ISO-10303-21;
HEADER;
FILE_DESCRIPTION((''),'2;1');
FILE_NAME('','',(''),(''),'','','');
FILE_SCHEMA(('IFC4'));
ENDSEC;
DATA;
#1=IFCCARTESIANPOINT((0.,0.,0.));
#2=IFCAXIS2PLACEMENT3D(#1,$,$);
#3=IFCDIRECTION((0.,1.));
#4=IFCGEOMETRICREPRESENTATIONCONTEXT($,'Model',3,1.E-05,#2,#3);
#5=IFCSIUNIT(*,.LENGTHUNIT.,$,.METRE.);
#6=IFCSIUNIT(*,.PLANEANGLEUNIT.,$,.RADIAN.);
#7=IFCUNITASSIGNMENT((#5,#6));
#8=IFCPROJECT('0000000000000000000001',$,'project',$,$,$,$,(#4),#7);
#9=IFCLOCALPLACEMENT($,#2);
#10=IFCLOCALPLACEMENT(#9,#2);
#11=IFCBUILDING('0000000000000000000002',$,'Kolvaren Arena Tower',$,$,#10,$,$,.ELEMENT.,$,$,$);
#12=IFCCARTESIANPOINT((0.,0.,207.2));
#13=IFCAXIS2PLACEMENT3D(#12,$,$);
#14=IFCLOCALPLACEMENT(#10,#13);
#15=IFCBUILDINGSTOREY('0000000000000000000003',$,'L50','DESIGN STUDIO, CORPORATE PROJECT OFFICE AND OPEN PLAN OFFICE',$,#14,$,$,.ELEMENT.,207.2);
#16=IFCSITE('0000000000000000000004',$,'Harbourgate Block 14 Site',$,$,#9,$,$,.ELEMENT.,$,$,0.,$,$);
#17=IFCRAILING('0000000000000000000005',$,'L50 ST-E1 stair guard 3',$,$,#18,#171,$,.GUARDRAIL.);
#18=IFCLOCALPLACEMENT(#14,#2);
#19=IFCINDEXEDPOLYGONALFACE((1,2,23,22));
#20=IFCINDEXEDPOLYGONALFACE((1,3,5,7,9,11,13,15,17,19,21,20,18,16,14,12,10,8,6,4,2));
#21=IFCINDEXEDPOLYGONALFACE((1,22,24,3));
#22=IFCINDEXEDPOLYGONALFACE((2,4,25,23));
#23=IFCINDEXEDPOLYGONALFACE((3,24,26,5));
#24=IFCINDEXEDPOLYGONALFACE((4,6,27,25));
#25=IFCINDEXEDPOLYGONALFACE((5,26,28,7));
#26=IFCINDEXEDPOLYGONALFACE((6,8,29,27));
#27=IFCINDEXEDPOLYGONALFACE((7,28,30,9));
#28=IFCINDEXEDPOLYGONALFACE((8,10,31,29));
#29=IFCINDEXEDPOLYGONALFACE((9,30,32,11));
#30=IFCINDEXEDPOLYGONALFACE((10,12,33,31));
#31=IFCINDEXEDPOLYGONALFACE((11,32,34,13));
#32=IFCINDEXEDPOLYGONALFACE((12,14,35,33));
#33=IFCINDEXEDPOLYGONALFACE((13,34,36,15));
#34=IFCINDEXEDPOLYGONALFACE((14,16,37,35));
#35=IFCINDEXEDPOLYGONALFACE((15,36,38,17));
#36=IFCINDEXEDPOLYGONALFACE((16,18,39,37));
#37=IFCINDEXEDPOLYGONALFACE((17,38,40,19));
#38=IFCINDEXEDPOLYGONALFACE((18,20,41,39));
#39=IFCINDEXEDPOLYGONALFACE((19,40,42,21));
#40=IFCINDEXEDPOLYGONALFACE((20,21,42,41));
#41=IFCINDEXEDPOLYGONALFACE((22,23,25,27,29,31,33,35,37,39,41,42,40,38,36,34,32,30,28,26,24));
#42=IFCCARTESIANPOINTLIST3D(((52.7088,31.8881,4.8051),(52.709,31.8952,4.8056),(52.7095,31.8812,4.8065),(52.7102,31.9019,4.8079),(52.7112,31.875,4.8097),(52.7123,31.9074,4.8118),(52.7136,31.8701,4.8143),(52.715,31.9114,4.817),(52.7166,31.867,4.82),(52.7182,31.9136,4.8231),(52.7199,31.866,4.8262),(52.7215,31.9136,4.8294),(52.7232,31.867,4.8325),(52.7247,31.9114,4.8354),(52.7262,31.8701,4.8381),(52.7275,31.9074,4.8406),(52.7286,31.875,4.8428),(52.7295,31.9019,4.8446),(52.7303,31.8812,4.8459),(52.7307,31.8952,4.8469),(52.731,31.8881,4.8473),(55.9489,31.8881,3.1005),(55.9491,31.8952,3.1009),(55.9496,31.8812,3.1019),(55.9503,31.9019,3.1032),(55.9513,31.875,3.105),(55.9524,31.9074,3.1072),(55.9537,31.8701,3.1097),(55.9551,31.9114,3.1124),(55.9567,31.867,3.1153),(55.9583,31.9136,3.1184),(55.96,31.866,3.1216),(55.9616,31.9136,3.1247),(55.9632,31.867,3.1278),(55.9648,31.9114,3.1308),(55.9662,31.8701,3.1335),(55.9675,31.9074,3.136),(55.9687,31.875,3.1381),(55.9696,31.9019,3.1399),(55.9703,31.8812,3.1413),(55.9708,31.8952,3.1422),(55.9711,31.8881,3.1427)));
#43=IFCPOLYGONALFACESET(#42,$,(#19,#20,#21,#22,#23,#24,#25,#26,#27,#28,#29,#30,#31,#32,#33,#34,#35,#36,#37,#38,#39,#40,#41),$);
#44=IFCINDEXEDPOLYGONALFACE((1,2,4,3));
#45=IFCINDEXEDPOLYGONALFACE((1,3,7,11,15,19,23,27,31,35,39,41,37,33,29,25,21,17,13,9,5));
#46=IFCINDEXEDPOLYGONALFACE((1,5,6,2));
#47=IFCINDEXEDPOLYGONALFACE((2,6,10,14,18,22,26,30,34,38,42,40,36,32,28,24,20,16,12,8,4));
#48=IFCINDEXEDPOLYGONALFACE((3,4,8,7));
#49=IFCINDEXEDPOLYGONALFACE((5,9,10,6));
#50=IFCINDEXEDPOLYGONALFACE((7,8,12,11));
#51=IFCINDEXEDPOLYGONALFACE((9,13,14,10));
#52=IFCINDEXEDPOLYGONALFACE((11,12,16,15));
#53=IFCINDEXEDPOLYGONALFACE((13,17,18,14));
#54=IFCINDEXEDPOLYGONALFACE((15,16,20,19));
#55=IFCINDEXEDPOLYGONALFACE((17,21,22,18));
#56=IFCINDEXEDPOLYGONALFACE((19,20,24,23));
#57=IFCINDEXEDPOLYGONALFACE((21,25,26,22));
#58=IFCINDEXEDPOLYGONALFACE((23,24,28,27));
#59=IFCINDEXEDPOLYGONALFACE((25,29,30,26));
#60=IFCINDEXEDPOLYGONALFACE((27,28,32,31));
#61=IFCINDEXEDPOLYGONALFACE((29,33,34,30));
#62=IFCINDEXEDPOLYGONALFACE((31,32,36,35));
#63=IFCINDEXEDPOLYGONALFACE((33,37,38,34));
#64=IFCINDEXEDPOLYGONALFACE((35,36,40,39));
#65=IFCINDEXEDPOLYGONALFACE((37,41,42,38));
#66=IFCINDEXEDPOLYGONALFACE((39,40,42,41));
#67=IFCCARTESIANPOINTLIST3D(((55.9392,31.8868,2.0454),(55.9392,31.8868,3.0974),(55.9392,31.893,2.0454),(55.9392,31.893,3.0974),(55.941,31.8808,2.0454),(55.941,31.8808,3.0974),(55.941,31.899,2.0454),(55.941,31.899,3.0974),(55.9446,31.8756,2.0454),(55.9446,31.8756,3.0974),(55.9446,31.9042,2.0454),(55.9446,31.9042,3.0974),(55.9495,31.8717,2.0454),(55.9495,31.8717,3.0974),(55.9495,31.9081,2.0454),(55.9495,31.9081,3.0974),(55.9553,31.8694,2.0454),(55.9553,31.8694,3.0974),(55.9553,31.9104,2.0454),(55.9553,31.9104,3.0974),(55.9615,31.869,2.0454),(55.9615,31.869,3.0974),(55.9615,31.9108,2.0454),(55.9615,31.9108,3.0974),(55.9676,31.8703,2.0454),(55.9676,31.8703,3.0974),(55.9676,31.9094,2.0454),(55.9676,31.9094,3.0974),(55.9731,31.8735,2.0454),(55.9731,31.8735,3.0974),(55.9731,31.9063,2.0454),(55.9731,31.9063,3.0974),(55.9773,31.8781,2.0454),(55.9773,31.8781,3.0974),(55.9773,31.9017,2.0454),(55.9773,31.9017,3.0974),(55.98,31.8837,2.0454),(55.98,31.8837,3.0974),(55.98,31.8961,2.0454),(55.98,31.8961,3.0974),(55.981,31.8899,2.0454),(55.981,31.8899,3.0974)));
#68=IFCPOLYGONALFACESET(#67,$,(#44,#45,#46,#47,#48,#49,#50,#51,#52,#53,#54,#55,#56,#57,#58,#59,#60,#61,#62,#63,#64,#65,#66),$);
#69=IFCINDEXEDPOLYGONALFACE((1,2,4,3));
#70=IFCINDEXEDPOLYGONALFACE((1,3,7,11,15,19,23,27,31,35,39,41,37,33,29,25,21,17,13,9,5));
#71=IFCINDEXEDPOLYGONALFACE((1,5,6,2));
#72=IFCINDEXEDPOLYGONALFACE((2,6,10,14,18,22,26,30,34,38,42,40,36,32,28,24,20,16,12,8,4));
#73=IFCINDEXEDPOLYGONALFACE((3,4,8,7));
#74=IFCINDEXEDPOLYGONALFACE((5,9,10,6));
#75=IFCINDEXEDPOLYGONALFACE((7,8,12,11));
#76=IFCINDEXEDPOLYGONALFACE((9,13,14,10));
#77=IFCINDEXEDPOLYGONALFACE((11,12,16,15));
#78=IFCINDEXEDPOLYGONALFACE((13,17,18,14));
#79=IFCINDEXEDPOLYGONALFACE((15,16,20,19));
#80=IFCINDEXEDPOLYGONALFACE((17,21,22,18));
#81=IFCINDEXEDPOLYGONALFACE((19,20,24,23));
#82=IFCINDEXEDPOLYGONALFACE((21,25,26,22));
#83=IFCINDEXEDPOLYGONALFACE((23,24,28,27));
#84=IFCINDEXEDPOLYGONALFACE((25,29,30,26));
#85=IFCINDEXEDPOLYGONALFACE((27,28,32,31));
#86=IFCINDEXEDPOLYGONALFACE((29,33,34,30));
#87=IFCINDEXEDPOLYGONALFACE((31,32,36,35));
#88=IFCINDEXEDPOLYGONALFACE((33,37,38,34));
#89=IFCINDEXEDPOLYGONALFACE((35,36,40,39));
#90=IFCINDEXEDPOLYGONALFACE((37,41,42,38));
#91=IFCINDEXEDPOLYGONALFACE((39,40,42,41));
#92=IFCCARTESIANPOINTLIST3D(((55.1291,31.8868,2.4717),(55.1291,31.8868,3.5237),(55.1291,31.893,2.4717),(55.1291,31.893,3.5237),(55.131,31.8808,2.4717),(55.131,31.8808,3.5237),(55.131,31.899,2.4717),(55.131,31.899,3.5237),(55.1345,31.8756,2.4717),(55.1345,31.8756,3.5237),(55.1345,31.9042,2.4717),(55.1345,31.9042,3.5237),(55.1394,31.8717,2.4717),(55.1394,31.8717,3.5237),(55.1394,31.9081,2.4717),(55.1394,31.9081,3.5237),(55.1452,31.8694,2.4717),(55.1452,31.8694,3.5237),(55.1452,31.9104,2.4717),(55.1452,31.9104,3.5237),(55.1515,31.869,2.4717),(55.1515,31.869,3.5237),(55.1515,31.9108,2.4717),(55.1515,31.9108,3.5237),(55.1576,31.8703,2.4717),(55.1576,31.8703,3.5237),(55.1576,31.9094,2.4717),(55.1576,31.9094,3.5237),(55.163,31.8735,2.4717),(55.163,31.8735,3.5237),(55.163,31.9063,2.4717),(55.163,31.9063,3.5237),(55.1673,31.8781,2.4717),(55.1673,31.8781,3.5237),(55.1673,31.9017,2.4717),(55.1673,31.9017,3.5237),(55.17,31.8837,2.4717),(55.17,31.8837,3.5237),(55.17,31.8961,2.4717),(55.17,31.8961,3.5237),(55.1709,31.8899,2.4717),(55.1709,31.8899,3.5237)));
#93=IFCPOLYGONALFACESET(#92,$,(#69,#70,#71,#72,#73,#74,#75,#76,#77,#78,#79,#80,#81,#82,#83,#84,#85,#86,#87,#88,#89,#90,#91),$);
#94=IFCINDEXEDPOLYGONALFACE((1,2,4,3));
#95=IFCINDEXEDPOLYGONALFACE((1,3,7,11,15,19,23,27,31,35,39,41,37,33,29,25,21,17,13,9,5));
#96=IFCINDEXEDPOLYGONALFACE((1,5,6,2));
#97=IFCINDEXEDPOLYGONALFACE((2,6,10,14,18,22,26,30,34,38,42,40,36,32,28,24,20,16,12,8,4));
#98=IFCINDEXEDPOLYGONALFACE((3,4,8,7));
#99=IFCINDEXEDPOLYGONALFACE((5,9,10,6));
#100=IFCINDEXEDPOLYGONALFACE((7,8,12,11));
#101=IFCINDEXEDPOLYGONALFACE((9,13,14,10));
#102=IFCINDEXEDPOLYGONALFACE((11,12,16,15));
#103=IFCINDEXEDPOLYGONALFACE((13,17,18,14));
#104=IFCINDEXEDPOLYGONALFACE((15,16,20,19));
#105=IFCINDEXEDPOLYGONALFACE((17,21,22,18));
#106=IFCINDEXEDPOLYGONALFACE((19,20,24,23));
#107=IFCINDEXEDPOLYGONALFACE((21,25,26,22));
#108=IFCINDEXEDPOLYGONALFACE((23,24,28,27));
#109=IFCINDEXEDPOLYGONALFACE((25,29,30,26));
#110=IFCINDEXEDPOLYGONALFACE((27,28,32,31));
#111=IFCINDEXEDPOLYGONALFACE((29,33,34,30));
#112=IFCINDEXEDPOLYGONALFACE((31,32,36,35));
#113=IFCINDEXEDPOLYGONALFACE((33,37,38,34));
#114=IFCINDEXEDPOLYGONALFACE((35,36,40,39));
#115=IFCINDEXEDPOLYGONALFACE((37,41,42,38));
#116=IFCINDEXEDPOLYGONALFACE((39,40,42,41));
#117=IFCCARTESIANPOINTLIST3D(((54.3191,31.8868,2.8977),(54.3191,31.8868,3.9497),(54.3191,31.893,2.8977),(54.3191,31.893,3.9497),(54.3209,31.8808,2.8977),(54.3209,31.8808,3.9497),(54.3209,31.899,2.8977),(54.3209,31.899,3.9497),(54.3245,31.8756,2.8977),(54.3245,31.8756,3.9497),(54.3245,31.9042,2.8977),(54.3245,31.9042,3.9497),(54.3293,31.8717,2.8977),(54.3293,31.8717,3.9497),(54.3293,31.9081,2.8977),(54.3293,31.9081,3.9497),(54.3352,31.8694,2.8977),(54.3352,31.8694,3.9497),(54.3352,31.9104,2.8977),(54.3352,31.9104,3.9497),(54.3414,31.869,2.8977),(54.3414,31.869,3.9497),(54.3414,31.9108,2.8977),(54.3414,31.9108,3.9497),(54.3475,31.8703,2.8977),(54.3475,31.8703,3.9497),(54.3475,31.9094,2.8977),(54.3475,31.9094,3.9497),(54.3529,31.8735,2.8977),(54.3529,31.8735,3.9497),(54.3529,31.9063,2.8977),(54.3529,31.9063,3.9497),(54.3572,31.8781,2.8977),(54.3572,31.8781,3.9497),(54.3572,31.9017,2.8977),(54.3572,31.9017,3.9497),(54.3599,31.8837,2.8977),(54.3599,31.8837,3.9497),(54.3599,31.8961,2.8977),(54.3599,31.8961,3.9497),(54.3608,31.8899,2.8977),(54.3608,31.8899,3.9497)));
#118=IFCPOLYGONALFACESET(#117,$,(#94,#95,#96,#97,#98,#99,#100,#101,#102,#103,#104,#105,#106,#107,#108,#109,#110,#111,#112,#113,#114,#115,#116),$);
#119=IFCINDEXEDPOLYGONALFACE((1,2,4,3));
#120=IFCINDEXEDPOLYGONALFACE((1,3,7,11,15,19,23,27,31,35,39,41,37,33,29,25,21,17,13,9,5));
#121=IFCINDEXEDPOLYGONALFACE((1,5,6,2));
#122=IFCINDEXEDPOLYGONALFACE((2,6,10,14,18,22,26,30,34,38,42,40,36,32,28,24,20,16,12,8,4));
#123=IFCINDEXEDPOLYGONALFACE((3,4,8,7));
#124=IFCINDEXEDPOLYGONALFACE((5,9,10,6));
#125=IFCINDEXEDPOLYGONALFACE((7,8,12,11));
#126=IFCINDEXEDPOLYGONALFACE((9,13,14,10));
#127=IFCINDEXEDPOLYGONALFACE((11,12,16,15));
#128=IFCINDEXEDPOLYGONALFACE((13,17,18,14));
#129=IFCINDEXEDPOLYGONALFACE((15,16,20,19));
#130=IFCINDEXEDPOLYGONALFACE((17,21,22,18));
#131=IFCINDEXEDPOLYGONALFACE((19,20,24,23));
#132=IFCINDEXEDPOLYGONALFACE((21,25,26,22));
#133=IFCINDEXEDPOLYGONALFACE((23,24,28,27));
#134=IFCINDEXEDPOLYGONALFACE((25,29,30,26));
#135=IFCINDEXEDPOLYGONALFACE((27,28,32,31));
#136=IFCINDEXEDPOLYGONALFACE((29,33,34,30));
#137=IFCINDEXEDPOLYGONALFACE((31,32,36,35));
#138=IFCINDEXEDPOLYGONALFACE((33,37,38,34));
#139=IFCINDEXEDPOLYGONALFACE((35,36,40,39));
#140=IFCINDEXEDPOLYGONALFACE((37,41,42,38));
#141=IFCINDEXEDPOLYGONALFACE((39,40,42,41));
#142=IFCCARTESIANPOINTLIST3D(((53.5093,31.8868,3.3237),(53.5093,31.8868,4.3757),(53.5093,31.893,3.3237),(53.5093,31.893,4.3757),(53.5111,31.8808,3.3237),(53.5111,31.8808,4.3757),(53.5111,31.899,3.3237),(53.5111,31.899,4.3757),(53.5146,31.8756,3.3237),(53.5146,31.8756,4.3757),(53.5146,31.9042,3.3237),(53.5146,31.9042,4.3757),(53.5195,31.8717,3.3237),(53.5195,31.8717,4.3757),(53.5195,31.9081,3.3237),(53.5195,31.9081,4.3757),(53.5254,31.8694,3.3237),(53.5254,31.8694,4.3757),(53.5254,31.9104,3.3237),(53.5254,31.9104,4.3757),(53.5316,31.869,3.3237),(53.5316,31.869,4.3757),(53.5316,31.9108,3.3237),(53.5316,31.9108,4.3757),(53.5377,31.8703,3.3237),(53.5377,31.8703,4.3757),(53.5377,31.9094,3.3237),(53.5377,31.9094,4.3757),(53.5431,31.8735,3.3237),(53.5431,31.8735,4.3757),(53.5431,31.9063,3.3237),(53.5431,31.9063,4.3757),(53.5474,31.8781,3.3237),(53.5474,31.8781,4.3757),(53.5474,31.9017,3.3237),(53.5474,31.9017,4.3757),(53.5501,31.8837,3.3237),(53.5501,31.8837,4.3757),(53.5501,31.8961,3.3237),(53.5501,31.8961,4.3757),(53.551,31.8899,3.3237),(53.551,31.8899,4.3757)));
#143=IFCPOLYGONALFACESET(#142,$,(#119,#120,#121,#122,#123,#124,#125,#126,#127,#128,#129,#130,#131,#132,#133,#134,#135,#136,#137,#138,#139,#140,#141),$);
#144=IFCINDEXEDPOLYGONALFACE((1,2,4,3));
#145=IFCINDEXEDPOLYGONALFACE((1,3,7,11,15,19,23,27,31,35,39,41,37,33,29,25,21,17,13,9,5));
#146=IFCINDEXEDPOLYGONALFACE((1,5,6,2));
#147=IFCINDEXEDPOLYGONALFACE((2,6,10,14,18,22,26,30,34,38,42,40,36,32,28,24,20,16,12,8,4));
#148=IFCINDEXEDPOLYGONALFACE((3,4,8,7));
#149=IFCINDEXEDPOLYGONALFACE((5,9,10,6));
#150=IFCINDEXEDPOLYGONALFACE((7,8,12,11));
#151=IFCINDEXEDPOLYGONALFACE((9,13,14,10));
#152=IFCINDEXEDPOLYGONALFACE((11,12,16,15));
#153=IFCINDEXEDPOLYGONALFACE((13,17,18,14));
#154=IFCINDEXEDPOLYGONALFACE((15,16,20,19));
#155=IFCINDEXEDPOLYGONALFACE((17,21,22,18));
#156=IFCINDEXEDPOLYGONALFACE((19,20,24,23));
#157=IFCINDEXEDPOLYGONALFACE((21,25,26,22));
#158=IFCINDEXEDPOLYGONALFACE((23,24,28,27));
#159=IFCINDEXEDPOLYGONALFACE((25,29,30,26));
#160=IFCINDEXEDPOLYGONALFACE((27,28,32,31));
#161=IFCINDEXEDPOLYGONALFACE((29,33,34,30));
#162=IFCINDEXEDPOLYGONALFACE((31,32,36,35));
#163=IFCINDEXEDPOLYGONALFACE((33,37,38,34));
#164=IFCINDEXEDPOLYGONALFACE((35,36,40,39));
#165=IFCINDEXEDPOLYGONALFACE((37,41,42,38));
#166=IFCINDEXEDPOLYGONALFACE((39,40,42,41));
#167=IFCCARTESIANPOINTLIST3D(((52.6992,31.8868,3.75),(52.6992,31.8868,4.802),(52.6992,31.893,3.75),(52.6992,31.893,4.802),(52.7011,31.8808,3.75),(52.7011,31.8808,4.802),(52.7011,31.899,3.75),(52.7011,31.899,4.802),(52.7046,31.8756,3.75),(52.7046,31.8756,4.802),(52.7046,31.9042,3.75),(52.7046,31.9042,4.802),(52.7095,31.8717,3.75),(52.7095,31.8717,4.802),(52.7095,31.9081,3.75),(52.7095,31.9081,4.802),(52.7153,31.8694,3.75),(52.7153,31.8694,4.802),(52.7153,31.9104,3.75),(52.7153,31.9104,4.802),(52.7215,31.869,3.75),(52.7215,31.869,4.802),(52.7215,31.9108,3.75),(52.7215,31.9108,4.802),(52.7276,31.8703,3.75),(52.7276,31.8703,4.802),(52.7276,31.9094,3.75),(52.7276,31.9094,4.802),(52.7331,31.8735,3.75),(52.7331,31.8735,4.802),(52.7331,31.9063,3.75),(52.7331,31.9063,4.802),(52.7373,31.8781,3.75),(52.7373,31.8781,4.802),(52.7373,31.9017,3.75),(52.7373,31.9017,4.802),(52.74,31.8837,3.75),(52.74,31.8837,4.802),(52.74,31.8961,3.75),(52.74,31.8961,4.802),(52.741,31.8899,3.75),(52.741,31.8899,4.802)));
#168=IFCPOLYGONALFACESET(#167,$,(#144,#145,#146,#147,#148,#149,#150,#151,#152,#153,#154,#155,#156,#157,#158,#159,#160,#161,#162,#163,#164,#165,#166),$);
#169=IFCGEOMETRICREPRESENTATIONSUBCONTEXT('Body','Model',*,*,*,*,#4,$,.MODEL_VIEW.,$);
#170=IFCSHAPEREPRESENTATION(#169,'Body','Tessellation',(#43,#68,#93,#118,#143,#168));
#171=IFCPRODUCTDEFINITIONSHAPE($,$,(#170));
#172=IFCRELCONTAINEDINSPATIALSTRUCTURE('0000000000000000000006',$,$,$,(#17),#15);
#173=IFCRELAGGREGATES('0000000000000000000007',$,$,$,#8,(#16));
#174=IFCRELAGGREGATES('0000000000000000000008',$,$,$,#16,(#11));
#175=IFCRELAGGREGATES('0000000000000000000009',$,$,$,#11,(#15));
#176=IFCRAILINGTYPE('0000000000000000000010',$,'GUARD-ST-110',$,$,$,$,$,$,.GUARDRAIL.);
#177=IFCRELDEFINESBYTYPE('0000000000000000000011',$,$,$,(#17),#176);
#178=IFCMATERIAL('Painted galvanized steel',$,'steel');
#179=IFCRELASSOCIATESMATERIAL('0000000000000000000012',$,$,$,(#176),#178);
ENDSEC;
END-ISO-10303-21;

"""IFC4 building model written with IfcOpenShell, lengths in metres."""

from ifc_helpers import new_model, si_unit, direction, frame, origin, origin_2d, place, context, subcontext, project, spatial, circle, extrude, material, type_object, element, save


model = new_model("IFC4")

# Units and contexts
model_context = context("Model", 3, precision=1e-05, world=origin(), true_north=direction((0.0, 1.0)))
body_context = subcontext(model_context, "Body", "Model", "MODEL_VIEW")
ifc_project = project(units=[si_unit("LENGTHUNIT", "METRE"), si_unit("PLANEANGLEUNIT", "RADIAN")], contexts=[model_context])

# Site, building, storey
site_placement = place(None, origin())
site = spatial("IfcSite", under=ifc_project, at=site_placement, Name="Harbourgate Block 14 Site", CompositionType="ELEMENT", RefElevation=0.0)
building_placement = place(site_placement, origin())
building = spatial("IfcBuilding", under=site, at=building_placement, Name="Kolvaren Arena Tower", CompositionType="ELEMENT")
storey_placement = place(building_placement, frame((0.0, 0.0, 207.2)))
storey = spatial("IfcBuildingStorey", under=building, at=storey_placement, Name="L50", Description="DESIGN STUDIO, CORPORATE PROJECT OFFICE AND OPEN PLAN OFFICE", CompositionType="ELEMENT", Elevation=207.2)

# Railing
ifc_material_1 = material(Name="Painted galvanized steel", Category="steel")
railing_type_1 = type_object("IfcRailingType", Name="GUARD-ST-110", PredefinedType="GUARDRAIL", material=ifc_material_1)
railing_1_placement = place(storey_placement, frame((55.96, 31.8899, 2.0454)))
element("IfcRailing", 1, at=railing_1_placement, inside=storey, type_object=railing_type_1, Name="L50 ST-E1 stair guard 3", PredefinedType="GUARDRAIL", context=body_context, shape_type="SweptSolid", body=[
    extrude(circle(Radius=0.0239, at=origin_2d()), frame((0.0, 0.0, 1.0762), z_axis=(-0.884993, 0.0, 0.465604), x_axis=(0.0, -1.0, 0.0)), (0.0, 0.0, 1.0), 3.6611),
    extrude(circle(Radius=0.021, at=origin_2d()), origin(), (0.0, 0.0, 1.0), 1.052),
    extrude(circle(Radius=0.021, at=origin_2d()), frame((-0.8101, 0.0, 0.4263)), (0.0, 0.0, 1.0), 1.052),
    extrude(circle(Radius=0.021, at=origin_2d()), frame((-1.6201, 0.0, 0.8523)), (0.0, 0.0, 1.0), 1.052),
    extrude(circle(Radius=0.021, at=origin_2d()), frame((-2.4299, 0.0, 1.2783)), (0.0, 0.0, 1.0), 1.052),
    extrude(circle(Radius=0.021, at=origin_2d()), frame((-3.24, 0.0, 1.7046)), (0.0, 0.0, 1.0), 1.052),
])

save(model, "model.ifc")
